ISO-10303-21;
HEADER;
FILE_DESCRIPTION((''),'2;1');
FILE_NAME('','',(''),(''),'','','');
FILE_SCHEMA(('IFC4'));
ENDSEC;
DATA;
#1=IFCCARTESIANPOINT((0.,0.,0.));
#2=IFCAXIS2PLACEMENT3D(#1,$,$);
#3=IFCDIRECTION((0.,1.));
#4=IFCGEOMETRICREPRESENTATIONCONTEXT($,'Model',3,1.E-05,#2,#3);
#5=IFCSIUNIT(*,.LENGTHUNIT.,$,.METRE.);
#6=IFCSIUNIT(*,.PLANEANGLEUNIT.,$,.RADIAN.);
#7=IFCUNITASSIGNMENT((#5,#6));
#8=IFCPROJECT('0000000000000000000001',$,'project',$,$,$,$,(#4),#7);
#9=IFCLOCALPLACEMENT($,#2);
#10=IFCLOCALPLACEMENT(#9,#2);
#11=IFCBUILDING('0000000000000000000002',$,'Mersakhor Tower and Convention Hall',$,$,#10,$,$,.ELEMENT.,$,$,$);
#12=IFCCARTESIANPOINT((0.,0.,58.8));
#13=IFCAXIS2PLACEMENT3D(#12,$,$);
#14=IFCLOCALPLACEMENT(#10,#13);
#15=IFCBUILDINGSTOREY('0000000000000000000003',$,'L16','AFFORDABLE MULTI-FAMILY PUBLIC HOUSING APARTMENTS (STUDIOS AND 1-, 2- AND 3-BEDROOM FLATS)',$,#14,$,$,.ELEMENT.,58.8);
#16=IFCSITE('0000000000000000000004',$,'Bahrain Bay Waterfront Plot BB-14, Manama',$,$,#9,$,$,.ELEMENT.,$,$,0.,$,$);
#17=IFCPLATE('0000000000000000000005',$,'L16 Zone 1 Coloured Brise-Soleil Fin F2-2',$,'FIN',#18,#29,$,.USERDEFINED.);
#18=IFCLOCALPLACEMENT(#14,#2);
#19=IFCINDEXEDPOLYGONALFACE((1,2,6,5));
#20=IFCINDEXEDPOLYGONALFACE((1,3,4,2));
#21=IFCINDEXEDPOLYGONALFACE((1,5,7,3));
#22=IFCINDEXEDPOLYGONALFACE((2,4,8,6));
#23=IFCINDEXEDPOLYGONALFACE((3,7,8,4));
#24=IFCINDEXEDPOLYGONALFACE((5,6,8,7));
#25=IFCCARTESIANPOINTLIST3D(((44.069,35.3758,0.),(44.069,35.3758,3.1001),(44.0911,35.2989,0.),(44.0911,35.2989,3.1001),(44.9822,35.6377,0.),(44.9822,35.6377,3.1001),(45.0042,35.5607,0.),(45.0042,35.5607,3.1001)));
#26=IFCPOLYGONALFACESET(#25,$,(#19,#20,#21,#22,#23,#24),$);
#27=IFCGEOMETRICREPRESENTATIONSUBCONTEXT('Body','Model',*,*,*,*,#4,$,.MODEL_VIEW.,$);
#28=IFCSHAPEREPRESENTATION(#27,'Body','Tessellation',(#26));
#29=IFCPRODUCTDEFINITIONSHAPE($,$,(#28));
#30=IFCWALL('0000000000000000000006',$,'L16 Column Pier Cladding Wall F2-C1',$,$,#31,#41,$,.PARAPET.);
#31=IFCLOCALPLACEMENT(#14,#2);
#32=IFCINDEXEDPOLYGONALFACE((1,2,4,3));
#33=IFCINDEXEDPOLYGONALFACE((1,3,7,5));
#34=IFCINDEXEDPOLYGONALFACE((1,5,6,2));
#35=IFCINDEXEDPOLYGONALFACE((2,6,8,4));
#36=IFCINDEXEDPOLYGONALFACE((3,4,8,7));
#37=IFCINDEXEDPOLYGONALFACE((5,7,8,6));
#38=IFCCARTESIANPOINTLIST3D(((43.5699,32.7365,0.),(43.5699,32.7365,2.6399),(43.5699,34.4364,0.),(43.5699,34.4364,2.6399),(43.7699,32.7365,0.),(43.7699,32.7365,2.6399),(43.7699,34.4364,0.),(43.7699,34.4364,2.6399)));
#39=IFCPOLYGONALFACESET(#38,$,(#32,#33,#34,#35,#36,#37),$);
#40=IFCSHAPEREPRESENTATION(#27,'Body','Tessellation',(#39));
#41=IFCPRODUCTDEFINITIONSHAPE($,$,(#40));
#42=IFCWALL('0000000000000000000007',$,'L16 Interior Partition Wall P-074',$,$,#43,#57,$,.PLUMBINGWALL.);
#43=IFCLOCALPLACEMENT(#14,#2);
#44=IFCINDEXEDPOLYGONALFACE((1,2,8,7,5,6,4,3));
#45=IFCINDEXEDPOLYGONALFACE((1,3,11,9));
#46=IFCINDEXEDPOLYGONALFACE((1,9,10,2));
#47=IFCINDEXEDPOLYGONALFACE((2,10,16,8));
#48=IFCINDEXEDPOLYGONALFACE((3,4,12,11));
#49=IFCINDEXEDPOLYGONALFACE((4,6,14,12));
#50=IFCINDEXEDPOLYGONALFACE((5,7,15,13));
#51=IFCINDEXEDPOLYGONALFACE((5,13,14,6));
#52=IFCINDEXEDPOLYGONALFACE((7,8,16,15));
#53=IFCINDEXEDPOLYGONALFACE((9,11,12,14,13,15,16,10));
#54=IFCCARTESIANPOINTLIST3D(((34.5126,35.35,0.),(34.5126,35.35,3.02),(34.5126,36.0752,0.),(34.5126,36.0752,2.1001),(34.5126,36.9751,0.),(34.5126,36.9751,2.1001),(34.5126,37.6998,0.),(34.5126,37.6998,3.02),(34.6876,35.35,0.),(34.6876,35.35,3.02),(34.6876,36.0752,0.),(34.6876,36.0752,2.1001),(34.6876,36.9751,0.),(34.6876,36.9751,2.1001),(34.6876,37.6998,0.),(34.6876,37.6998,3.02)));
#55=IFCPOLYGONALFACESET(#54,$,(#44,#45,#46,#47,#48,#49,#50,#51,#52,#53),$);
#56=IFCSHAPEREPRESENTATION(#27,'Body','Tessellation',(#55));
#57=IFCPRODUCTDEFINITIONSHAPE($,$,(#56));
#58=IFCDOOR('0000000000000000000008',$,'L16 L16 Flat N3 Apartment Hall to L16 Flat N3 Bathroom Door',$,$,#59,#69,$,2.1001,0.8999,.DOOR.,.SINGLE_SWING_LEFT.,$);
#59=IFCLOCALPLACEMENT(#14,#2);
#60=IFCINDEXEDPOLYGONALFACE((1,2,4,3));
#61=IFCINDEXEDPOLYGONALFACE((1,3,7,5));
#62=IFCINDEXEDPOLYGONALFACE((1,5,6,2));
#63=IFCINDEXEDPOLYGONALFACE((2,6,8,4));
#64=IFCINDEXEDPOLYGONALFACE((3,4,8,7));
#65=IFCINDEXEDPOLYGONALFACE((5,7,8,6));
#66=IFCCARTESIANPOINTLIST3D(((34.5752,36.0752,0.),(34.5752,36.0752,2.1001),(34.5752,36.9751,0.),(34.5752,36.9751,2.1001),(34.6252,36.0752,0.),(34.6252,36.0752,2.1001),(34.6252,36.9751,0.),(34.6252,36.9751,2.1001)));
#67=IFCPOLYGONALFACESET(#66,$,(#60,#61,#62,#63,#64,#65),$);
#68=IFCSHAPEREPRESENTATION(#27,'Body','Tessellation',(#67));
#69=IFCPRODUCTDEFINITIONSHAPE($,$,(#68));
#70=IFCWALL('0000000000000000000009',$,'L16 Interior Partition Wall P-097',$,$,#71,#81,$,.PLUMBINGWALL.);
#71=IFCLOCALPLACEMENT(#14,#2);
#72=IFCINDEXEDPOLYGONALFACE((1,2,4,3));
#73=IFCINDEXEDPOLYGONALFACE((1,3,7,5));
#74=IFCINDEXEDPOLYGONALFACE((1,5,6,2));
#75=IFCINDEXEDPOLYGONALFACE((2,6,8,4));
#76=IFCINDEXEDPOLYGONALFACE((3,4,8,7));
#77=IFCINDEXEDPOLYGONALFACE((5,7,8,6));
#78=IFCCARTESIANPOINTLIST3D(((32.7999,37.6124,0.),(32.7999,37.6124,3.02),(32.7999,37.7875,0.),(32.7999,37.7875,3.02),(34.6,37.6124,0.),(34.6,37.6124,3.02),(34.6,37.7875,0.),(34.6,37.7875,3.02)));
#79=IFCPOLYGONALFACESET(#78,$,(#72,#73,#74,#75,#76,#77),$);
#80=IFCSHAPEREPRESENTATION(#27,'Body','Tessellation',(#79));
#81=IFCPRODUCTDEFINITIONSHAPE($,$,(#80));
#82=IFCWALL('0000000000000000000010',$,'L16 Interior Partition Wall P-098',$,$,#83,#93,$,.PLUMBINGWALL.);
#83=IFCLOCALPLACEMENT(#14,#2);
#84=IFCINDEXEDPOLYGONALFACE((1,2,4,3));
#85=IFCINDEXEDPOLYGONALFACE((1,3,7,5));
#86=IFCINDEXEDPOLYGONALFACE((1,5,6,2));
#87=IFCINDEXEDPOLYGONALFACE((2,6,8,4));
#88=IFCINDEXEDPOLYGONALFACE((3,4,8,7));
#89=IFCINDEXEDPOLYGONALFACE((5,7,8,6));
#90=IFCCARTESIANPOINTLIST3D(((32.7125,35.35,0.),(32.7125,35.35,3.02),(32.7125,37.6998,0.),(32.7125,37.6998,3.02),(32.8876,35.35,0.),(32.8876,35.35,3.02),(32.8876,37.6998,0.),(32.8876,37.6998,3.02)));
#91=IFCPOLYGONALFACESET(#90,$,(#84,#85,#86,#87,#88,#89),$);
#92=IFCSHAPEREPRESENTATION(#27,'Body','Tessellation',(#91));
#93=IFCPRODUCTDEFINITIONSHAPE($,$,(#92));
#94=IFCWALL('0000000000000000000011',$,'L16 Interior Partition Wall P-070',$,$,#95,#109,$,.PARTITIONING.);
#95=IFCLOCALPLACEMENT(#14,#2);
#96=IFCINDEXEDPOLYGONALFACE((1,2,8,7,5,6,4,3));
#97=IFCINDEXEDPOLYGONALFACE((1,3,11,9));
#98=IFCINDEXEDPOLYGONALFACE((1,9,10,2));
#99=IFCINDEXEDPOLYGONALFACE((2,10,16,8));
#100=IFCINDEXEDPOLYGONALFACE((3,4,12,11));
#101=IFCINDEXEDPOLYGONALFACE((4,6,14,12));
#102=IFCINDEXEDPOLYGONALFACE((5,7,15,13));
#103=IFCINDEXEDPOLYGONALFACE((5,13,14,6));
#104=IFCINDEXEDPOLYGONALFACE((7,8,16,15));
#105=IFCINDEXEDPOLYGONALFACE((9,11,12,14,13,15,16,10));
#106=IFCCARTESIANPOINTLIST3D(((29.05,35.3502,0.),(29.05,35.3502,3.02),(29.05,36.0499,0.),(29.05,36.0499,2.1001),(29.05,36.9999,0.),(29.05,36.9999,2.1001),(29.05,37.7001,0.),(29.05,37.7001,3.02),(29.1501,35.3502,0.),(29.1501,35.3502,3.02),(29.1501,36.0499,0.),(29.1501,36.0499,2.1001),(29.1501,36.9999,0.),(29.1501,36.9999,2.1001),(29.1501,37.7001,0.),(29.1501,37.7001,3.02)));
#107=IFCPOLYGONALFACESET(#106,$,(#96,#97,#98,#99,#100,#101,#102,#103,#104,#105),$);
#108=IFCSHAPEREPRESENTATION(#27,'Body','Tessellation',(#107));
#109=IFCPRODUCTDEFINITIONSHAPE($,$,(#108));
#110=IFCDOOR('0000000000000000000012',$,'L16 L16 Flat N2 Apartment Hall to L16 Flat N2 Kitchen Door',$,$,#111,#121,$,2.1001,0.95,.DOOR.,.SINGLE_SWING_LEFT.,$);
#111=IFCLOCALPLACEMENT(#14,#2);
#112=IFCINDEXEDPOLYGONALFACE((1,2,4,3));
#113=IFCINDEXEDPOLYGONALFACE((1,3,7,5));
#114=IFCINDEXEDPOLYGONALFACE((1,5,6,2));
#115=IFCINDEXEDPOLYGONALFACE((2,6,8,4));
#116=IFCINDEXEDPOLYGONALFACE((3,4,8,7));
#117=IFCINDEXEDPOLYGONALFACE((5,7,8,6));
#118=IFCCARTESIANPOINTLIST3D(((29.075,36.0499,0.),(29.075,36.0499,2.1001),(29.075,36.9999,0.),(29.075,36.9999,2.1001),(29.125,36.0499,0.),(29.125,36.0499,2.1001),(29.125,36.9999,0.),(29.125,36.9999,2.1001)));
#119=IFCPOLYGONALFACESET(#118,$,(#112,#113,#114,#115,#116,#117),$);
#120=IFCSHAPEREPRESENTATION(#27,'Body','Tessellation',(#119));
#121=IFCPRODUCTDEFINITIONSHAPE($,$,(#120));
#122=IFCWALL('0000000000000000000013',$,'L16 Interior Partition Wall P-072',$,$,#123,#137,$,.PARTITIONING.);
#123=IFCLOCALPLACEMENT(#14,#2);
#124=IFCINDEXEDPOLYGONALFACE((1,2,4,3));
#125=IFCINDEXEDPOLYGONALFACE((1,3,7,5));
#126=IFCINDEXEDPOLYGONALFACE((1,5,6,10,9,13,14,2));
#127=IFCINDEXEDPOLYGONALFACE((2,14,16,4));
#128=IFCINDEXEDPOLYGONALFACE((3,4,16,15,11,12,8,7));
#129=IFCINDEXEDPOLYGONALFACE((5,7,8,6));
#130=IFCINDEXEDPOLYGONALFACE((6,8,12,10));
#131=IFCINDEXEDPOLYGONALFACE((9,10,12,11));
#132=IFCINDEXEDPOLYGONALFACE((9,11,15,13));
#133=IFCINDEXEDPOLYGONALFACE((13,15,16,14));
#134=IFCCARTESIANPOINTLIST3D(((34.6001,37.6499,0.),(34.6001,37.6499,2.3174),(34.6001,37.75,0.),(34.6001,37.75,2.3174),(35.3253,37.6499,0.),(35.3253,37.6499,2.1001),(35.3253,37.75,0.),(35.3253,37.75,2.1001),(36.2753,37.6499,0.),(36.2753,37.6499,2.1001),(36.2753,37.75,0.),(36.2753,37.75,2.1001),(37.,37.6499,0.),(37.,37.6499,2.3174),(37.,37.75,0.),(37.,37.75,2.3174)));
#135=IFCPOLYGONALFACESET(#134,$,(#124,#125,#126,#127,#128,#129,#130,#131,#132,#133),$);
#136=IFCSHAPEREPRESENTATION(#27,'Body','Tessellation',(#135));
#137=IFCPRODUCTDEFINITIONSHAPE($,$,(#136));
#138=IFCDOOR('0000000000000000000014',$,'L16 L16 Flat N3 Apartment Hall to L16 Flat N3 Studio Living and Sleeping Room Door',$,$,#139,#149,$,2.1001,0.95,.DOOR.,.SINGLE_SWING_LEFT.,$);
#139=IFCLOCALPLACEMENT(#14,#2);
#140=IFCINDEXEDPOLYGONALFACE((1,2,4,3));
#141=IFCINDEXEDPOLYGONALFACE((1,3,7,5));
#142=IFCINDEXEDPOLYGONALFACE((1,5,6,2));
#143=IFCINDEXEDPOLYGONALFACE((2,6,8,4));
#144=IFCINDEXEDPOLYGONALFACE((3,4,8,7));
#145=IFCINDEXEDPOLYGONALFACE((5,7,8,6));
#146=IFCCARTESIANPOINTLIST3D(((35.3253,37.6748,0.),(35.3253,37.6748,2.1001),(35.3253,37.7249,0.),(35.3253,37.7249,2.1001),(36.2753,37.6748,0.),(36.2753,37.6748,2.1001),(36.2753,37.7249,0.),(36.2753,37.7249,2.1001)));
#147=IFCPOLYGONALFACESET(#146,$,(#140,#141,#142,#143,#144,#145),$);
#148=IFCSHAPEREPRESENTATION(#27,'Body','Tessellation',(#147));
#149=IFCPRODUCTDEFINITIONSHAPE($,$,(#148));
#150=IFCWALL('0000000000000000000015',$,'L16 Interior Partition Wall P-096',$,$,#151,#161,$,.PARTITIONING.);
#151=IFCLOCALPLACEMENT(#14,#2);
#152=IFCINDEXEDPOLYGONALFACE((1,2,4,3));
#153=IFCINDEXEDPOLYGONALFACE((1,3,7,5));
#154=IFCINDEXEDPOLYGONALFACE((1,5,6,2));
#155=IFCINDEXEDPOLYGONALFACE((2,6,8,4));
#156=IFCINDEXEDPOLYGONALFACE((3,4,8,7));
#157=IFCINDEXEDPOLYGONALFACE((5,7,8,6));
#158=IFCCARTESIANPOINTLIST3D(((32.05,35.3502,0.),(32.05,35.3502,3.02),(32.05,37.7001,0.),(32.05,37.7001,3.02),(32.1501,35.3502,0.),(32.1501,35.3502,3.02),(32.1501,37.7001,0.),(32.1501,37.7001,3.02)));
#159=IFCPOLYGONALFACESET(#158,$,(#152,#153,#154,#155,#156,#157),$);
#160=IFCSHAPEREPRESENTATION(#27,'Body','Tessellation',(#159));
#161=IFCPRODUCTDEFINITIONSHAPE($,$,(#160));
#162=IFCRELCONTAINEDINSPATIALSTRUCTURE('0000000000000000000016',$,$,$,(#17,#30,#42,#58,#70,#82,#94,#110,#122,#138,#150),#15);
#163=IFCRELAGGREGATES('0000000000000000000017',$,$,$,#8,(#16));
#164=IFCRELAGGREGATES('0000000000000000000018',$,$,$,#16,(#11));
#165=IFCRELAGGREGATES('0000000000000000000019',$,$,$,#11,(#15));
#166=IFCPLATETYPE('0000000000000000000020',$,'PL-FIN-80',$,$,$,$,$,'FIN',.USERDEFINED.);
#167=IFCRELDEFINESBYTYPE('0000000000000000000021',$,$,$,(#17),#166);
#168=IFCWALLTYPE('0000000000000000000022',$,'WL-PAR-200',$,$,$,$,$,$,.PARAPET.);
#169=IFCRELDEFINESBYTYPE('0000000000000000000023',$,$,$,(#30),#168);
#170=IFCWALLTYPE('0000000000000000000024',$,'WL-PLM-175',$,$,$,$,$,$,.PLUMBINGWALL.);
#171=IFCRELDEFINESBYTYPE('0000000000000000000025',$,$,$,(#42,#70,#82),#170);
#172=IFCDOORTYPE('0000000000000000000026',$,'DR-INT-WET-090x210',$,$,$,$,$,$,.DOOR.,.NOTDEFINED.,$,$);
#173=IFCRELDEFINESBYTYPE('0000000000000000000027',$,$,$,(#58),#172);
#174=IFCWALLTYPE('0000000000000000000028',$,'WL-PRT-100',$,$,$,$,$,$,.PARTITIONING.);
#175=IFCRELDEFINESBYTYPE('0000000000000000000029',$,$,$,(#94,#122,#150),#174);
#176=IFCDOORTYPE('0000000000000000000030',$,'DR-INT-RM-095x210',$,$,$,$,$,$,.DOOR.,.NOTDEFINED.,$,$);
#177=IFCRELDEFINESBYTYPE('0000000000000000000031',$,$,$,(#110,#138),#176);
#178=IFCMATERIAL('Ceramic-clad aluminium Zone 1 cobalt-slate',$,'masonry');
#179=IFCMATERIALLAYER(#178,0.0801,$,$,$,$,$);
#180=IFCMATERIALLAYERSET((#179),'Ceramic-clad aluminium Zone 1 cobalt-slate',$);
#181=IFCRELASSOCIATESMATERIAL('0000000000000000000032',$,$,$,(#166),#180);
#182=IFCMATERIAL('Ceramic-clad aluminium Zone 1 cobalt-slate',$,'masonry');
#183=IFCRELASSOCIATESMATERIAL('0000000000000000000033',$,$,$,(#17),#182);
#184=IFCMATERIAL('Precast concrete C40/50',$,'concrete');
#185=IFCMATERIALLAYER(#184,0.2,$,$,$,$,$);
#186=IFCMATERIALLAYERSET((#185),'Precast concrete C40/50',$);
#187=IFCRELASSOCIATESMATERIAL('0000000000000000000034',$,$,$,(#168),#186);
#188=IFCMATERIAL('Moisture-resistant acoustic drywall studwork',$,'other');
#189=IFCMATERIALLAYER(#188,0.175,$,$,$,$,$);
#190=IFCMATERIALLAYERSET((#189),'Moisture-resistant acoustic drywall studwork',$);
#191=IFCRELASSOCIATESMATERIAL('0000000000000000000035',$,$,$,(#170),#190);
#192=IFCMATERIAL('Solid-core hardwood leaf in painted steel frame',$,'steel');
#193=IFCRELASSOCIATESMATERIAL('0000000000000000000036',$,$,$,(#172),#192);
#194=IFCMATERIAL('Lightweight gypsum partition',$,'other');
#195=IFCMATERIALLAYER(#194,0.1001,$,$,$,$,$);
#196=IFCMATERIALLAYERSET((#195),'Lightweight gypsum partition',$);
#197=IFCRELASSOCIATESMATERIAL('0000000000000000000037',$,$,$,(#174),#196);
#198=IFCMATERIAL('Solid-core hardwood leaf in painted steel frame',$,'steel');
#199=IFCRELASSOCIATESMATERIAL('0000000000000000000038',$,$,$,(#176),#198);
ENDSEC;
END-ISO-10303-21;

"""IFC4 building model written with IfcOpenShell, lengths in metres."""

from ifc_helpers import new_model, si_unit, direction, frame, frame_2d, origin, origin_2d, place, context, subcontext, project, spatial, rectangle, extrude, material, layer, layer_set, type_object, element, fill, save


model = new_model("IFC4")

# Units and contexts
model_context = context("Model", 3, precision=1e-05, world=origin(), true_north=direction((0.0, 1.0)))
body_context = subcontext(model_context, "Body", "Model", "MODEL_VIEW")
ifc_project = project(units=[si_unit("LENGTHUNIT", "METRE"), si_unit("PLANEANGLEUNIT", "RADIAN")], contexts=[model_context])

# Site, building, storey
site_placement = place(None, origin())
site = spatial("IfcSite", under=ifc_project, at=site_placement, Name="Bahrain Bay Waterfront Plot BB-14, Manama", CompositionType="ELEMENT", RefElevation=0.0)
building_placement = place(site_placement, origin())
building = spatial("IfcBuilding", under=site, at=building_placement, Name="Mersakhor Tower and Convention Hall", CompositionType="ELEMENT")
storey_placement = place(building_placement, frame((0.0, 0.0, 58.8)))
storey = spatial("IfcBuildingStorey", under=building, at=storey_placement, Name="L16", Description="AFFORDABLE MULTI-FAMILY PUBLIC HOUSING APARTMENTS (STUDIOS AND 1-, 2- AND 3-BEDROOM FLATS)", CompositionType="ELEMENT", Elevation=58.8)

# Plate
ifc_material_1 = material(Name="Ceramic-clad aluminium Zone 1 cobalt-slate", Category="masonry")
ifc_material_2 = material(Name="Ceramic-clad aluminium Zone 1 cobalt-slate", Category="masonry")
ifc_layer_1 = layer(ifc_material_2, 0.0801)
ifc_layer_set_1 = layer_set([ifc_layer_1], Name="Ceramic-clad aluminium Zone 1 cobalt-slate")
plate_type = type_object("IfcPlateType", Name="PL-FIN-80", ElementType="FIN", PredefinedType="USERDEFINED", material=ifc_layer_set_1)
plate_placement = place(storey_placement, frame((44.5366, 35.4683, 0.0), z_axis=(0.0, 0.0, 1.0), x_axis=(0.961262, 0.275637, 0.0)))
element("IfcPlate", 1, at=plate_placement, inside=storey, type_object=plate_type, material=ifc_material_1, Name="L16 Zone 1 Coloured Brise-Soleil Fin F2-2", ObjectType="FIN", PredefinedType="USERDEFINED", context=body_context, shape_type="SweptSolid", body=[
    extrude(rectangle(XDim=0.95, YDim=0.0801, at=origin_2d()), origin(), (0.0, 0.0, 1.0), 3.1001),
])

# Wall
ifc_material_3 = material(Name="Precast concrete C40/50", Category="concrete")
ifc_layer_2 = layer(ifc_material_3, 0.2)
ifc_layer_set_2 = layer_set([ifc_layer_2], Name="Precast concrete C40/50")
wall_type_1 = type_object("IfcWallType", Name="WL-PAR-200", PredefinedType="PARAPET", material=ifc_layer_set_2)
wall_1_placement = place(storey_placement, frame((43.6699, 34.4365, 0.0), z_axis=(0.0, 0.0, 1.0), x_axis=(0.0, -1.0, 0.0)))
element("IfcWall", 2, at=wall_1_placement, inside=storey, type_object=wall_type_1, Name="L16 Column Pier Cladding Wall F2-C1", PredefinedType="PARAPET", context=body_context, shape_type="SweptSolid", body=[
    extrude(rectangle(XDim=1.7, YDim=0.2, at=frame_2d((0.8501, 0.0))), origin(), (0.0, 0.0, 1.0), 2.6399),
])

# Wall, opening, door
ifc_material_4 = material(Name="Moisture-resistant acoustic drywall studwork", Category="other")
ifc_layer_3 = layer(ifc_material_4, 0.175)
ifc_layer_set_3 = layer_set([ifc_layer_3], Name="Moisture-resistant acoustic drywall studwork")
wall_type_2 = type_object("IfcWallType", Name="WL-PLM-175", PredefinedType="PLUMBINGWALL", material=ifc_layer_set_3)
wall_2_placement = place(storey_placement, frame((34.6001, 35.3501, 0.0), z_axis=(0.0, 0.0, 1.0), x_axis=(0.0, 1.0, 0.0)))
wall_2 = element("IfcWall", 3, at=wall_2_placement, inside=storey, type_object=wall_type_2, Name="L16 Interior Partition Wall P-074", PredefinedType="PLUMBINGWALL", context=body_context, shape_type="SweptSolid", body=[
    extrude(rectangle(XDim=2.3499, YDim=0.175, at=frame_2d((1.1748, 0.0))), origin(), (0.0, 0.0, 1.0), 3.02),
])
opening_1_placement = place(wall_2_placement, frame((0.7251, 0.0, 0.0)))
opening_1 = element("IfcOpeningElement", 4, at=opening_1_placement, cuts=wall_2, PredefinedType="OPENING", context=body_context, shape_type="SweptSolid", body=[
    extrude(rectangle(XDim=0.8999, YDim=2.1001, at=frame_2d((0.45, 1.05))), frame((0.0, 0.0974, 0.0), z_axis=(0.0, -1.0, 0.0), x_axis=(1.0, 0.0, 0.0)), (0.0, 0.0, 1.0), 0.1951),
])
ifc_material_5 = material(Name="Solid-core hardwood leaf in painted steel frame", Category="steel")
door_type_1 = type_object("IfcDoorType", Name="DR-INT-WET-090x210", OperationType="NOTDEFINED", PredefinedType="DOOR", material=ifc_material_5)
door_1_placement = place(opening_1_placement, origin())
door_1 = element("IfcDoor", 5, at=door_1_placement, inside=storey, type_object=door_type_1, Name="L16 L16 Flat N3 Apartment Hall to L16 Flat N3 Bathroom Door", OperationType="SINGLE_SWING_LEFT", OverallHeight=2.1001, OverallWidth=0.8999, PredefinedType="DOOR", context=body_context, shape_type="SweptSolid", body=[
    extrude(rectangle(XDim=0.8999, YDim=2.1001, at=frame_2d((0.45, 1.05))), frame((0.0, 0.0249, 0.0), z_axis=(0.0, -1.0, 0.0), x_axis=(1.0, 0.0, 0.0)), (0.0, 0.0, 1.0), 0.05),
])
fill(opening_1, door_1)

# Walls
wall_3_placement = place(storey_placement, frame((32.8, 37.7, 0.0), z_axis=(0.0, 0.0, 1.0), x_axis=(1.0, 0.0, 0.0)))
element("IfcWall", 6, at=wall_3_placement, inside=storey, type_object=wall_type_2, Name="L16 Interior Partition Wall P-097", PredefinedType="PLUMBINGWALL", context=body_context, shape_type="SweptSolid", body=[
    extrude(rectangle(XDim=1.8, YDim=0.175, at=frame_2d((0.8999, 0.0))), origin(), (0.0, 0.0, 1.0), 3.02),
])
wall_4_placement = place(storey_placement, frame((32.8, 35.3501, 0.0), z_axis=(0.0, 0.0, 1.0), x_axis=(0.0, 1.0, 0.0)))
element("IfcWall", 7, at=wall_4_placement, inside=storey, type_object=wall_type_2, Name="L16 Interior Partition Wall P-098", PredefinedType="PLUMBINGWALL", context=body_context, shape_type="SweptSolid", body=[
    extrude(rectangle(XDim=2.3499, YDim=0.175, at=frame_2d((1.1748, 0.0))), origin(), (0.0, 0.0, 1.0), 3.02),
])

# Walls, openings, doors
ifc_material_6 = material(Name="Lightweight gypsum partition", Category="other")
ifc_layer_4 = layer(ifc_material_6, 0.1001)
ifc_layer_set_4 = layer_set([ifc_layer_4], Name="Lightweight gypsum partition")
wall_type_3 = type_object("IfcWallType", Name="WL-PRT-100", PredefinedType="PARTITIONING", material=ifc_layer_set_4)
wall_5_placement = place(storey_placement, frame((29.1001, 37.7, 0.0), z_axis=(0.0, 0.0, 1.0), x_axis=(0.0, -1.0, 0.0)))
wall_5 = element("IfcWall", 8, at=wall_5_placement, inside=storey, type_object=wall_type_3, Name="L16 Interior Partition Wall P-070", PredefinedType="PARTITIONING", context=body_context, shape_type="SweptSolid", body=[
    extrude(rectangle(XDim=2.3499, YDim=0.1001, at=frame_2d((1.1748, 0.0))), origin(), (0.0, 0.0, 1.0), 3.02),
])
opening_2_placement = place(wall_5_placement, frame((0.7, 0.0, 0.0)))
opening_2 = element("IfcOpeningElement", 9, at=opening_2_placement, cuts=wall_5, PredefinedType="OPENING", context=body_context, shape_type="SweptSolid", body=[
    extrude(rectangle(XDim=0.95, YDim=2.1001, at=frame_2d((0.4751, 1.05))), frame((0.0, 0.0601, 0.0), z_axis=(0.0, -1.0, 0.0), x_axis=(1.0, 0.0, 0.0)), (0.0, 0.0, 1.0), 0.1201),
])
ifc_material_7 = material(Name="Solid-core hardwood leaf in painted steel frame", Category="steel")
door_type_2 = type_object("IfcDoorType", Name="DR-INT-RM-095x210", OperationType="NOTDEFINED", PredefinedType="DOOR", material=ifc_material_7)
door_2_placement = place(opening_2_placement, origin())
door_2 = element("IfcDoor", 10, at=door_2_placement, inside=storey, type_object=door_type_2, Name="L16 L16 Flat N2 Apartment Hall to L16 Flat N2 Kitchen Door", OperationType="SINGLE_SWING_LEFT", OverallHeight=2.1001, OverallWidth=0.95, PredefinedType="DOOR", context=body_context, shape_type="SweptSolid", body=[
    extrude(rectangle(XDim=0.95, YDim=2.1001, at=frame_2d((0.4751, 1.05))), frame((0.0, 0.0249, 0.0), z_axis=(0.0, -1.0, 0.0), x_axis=(1.0, 0.0, 0.0)), (0.0, 0.0, 1.0), 0.05),
])
fill(opening_2, door_2)
wall_6_placement = place(storey_placement, frame((34.6001, 37.7, 0.0), z_axis=(0.0, 0.0, 1.0), x_axis=(1.0, 0.0, 0.0)))
wall_6 = element("IfcWall", 11, at=wall_6_placement, inside=storey, type_object=wall_type_3, Name="L16 Interior Partition Wall P-072", PredefinedType="PARTITIONING", context=body_context, shape_type="SweptSolid", body=[
    extrude(rectangle(XDim=2.3999, YDim=0.1001, at=frame_2d((1.2, 0.0))), origin(), (0.0, 0.0, 1.0), 2.3174),
])
opening_3_placement = place(wall_6_placement, frame((0.7251, 0.0, 0.0)))
opening_3 = element("IfcOpeningElement", 12, at=opening_3_placement, cuts=wall_6, PredefinedType="OPENING", context=body_context, shape_type="SweptSolid", body=[
    extrude(rectangle(XDim=0.95, YDim=2.1001, at=frame_2d((0.4751, 1.05))), frame((0.0, 0.0601, 0.0), z_axis=(0.0, -1.0, 0.0), x_axis=(1.0, 0.0, 0.0)), (0.0, 0.0, 1.0), 0.1201),
])
door_3_placement = place(opening_3_placement, origin())
door_3 = element("IfcDoor", 13, at=door_3_placement, inside=storey, type_object=door_type_2, Name="L16 L16 Flat N3 Apartment Hall to L16 Flat N3 Studio Living and Sleeping Room Door", OperationType="SINGLE_SWING_LEFT", OverallHeight=2.1001, OverallWidth=0.95, PredefinedType="DOOR", context=body_context, shape_type="SweptSolid", body=[
    extrude(rectangle(XDim=0.95, YDim=2.1001, at=frame_2d((0.4751, 1.05))), frame((0.0, 0.0249, 0.0), z_axis=(0.0, -1.0, 0.0), x_axis=(1.0, 0.0, 0.0)), (0.0, 0.0, 1.0), 0.05),
])
fill(opening_3, door_3)

# Wall
wall_7_placement = place(storey_placement, frame((32.1001, 37.7, 0.0), z_axis=(0.0, 0.0, 1.0), x_axis=(0.0, -1.0, 0.0)))
element("IfcWall", 14, at=wall_7_placement, inside=storey, type_object=wall_type_3, Name="L16 Interior Partition Wall P-096", PredefinedType="PARTITIONING", context=body_context, shape_type="SweptSolid", body=[
    extrude(rectangle(XDim=2.3499, YDim=0.1001, at=frame_2d((1.1748, 0.0))), origin(), (0.0, 0.0, 1.0), 3.02),
])

save(model, "model.ifc")
